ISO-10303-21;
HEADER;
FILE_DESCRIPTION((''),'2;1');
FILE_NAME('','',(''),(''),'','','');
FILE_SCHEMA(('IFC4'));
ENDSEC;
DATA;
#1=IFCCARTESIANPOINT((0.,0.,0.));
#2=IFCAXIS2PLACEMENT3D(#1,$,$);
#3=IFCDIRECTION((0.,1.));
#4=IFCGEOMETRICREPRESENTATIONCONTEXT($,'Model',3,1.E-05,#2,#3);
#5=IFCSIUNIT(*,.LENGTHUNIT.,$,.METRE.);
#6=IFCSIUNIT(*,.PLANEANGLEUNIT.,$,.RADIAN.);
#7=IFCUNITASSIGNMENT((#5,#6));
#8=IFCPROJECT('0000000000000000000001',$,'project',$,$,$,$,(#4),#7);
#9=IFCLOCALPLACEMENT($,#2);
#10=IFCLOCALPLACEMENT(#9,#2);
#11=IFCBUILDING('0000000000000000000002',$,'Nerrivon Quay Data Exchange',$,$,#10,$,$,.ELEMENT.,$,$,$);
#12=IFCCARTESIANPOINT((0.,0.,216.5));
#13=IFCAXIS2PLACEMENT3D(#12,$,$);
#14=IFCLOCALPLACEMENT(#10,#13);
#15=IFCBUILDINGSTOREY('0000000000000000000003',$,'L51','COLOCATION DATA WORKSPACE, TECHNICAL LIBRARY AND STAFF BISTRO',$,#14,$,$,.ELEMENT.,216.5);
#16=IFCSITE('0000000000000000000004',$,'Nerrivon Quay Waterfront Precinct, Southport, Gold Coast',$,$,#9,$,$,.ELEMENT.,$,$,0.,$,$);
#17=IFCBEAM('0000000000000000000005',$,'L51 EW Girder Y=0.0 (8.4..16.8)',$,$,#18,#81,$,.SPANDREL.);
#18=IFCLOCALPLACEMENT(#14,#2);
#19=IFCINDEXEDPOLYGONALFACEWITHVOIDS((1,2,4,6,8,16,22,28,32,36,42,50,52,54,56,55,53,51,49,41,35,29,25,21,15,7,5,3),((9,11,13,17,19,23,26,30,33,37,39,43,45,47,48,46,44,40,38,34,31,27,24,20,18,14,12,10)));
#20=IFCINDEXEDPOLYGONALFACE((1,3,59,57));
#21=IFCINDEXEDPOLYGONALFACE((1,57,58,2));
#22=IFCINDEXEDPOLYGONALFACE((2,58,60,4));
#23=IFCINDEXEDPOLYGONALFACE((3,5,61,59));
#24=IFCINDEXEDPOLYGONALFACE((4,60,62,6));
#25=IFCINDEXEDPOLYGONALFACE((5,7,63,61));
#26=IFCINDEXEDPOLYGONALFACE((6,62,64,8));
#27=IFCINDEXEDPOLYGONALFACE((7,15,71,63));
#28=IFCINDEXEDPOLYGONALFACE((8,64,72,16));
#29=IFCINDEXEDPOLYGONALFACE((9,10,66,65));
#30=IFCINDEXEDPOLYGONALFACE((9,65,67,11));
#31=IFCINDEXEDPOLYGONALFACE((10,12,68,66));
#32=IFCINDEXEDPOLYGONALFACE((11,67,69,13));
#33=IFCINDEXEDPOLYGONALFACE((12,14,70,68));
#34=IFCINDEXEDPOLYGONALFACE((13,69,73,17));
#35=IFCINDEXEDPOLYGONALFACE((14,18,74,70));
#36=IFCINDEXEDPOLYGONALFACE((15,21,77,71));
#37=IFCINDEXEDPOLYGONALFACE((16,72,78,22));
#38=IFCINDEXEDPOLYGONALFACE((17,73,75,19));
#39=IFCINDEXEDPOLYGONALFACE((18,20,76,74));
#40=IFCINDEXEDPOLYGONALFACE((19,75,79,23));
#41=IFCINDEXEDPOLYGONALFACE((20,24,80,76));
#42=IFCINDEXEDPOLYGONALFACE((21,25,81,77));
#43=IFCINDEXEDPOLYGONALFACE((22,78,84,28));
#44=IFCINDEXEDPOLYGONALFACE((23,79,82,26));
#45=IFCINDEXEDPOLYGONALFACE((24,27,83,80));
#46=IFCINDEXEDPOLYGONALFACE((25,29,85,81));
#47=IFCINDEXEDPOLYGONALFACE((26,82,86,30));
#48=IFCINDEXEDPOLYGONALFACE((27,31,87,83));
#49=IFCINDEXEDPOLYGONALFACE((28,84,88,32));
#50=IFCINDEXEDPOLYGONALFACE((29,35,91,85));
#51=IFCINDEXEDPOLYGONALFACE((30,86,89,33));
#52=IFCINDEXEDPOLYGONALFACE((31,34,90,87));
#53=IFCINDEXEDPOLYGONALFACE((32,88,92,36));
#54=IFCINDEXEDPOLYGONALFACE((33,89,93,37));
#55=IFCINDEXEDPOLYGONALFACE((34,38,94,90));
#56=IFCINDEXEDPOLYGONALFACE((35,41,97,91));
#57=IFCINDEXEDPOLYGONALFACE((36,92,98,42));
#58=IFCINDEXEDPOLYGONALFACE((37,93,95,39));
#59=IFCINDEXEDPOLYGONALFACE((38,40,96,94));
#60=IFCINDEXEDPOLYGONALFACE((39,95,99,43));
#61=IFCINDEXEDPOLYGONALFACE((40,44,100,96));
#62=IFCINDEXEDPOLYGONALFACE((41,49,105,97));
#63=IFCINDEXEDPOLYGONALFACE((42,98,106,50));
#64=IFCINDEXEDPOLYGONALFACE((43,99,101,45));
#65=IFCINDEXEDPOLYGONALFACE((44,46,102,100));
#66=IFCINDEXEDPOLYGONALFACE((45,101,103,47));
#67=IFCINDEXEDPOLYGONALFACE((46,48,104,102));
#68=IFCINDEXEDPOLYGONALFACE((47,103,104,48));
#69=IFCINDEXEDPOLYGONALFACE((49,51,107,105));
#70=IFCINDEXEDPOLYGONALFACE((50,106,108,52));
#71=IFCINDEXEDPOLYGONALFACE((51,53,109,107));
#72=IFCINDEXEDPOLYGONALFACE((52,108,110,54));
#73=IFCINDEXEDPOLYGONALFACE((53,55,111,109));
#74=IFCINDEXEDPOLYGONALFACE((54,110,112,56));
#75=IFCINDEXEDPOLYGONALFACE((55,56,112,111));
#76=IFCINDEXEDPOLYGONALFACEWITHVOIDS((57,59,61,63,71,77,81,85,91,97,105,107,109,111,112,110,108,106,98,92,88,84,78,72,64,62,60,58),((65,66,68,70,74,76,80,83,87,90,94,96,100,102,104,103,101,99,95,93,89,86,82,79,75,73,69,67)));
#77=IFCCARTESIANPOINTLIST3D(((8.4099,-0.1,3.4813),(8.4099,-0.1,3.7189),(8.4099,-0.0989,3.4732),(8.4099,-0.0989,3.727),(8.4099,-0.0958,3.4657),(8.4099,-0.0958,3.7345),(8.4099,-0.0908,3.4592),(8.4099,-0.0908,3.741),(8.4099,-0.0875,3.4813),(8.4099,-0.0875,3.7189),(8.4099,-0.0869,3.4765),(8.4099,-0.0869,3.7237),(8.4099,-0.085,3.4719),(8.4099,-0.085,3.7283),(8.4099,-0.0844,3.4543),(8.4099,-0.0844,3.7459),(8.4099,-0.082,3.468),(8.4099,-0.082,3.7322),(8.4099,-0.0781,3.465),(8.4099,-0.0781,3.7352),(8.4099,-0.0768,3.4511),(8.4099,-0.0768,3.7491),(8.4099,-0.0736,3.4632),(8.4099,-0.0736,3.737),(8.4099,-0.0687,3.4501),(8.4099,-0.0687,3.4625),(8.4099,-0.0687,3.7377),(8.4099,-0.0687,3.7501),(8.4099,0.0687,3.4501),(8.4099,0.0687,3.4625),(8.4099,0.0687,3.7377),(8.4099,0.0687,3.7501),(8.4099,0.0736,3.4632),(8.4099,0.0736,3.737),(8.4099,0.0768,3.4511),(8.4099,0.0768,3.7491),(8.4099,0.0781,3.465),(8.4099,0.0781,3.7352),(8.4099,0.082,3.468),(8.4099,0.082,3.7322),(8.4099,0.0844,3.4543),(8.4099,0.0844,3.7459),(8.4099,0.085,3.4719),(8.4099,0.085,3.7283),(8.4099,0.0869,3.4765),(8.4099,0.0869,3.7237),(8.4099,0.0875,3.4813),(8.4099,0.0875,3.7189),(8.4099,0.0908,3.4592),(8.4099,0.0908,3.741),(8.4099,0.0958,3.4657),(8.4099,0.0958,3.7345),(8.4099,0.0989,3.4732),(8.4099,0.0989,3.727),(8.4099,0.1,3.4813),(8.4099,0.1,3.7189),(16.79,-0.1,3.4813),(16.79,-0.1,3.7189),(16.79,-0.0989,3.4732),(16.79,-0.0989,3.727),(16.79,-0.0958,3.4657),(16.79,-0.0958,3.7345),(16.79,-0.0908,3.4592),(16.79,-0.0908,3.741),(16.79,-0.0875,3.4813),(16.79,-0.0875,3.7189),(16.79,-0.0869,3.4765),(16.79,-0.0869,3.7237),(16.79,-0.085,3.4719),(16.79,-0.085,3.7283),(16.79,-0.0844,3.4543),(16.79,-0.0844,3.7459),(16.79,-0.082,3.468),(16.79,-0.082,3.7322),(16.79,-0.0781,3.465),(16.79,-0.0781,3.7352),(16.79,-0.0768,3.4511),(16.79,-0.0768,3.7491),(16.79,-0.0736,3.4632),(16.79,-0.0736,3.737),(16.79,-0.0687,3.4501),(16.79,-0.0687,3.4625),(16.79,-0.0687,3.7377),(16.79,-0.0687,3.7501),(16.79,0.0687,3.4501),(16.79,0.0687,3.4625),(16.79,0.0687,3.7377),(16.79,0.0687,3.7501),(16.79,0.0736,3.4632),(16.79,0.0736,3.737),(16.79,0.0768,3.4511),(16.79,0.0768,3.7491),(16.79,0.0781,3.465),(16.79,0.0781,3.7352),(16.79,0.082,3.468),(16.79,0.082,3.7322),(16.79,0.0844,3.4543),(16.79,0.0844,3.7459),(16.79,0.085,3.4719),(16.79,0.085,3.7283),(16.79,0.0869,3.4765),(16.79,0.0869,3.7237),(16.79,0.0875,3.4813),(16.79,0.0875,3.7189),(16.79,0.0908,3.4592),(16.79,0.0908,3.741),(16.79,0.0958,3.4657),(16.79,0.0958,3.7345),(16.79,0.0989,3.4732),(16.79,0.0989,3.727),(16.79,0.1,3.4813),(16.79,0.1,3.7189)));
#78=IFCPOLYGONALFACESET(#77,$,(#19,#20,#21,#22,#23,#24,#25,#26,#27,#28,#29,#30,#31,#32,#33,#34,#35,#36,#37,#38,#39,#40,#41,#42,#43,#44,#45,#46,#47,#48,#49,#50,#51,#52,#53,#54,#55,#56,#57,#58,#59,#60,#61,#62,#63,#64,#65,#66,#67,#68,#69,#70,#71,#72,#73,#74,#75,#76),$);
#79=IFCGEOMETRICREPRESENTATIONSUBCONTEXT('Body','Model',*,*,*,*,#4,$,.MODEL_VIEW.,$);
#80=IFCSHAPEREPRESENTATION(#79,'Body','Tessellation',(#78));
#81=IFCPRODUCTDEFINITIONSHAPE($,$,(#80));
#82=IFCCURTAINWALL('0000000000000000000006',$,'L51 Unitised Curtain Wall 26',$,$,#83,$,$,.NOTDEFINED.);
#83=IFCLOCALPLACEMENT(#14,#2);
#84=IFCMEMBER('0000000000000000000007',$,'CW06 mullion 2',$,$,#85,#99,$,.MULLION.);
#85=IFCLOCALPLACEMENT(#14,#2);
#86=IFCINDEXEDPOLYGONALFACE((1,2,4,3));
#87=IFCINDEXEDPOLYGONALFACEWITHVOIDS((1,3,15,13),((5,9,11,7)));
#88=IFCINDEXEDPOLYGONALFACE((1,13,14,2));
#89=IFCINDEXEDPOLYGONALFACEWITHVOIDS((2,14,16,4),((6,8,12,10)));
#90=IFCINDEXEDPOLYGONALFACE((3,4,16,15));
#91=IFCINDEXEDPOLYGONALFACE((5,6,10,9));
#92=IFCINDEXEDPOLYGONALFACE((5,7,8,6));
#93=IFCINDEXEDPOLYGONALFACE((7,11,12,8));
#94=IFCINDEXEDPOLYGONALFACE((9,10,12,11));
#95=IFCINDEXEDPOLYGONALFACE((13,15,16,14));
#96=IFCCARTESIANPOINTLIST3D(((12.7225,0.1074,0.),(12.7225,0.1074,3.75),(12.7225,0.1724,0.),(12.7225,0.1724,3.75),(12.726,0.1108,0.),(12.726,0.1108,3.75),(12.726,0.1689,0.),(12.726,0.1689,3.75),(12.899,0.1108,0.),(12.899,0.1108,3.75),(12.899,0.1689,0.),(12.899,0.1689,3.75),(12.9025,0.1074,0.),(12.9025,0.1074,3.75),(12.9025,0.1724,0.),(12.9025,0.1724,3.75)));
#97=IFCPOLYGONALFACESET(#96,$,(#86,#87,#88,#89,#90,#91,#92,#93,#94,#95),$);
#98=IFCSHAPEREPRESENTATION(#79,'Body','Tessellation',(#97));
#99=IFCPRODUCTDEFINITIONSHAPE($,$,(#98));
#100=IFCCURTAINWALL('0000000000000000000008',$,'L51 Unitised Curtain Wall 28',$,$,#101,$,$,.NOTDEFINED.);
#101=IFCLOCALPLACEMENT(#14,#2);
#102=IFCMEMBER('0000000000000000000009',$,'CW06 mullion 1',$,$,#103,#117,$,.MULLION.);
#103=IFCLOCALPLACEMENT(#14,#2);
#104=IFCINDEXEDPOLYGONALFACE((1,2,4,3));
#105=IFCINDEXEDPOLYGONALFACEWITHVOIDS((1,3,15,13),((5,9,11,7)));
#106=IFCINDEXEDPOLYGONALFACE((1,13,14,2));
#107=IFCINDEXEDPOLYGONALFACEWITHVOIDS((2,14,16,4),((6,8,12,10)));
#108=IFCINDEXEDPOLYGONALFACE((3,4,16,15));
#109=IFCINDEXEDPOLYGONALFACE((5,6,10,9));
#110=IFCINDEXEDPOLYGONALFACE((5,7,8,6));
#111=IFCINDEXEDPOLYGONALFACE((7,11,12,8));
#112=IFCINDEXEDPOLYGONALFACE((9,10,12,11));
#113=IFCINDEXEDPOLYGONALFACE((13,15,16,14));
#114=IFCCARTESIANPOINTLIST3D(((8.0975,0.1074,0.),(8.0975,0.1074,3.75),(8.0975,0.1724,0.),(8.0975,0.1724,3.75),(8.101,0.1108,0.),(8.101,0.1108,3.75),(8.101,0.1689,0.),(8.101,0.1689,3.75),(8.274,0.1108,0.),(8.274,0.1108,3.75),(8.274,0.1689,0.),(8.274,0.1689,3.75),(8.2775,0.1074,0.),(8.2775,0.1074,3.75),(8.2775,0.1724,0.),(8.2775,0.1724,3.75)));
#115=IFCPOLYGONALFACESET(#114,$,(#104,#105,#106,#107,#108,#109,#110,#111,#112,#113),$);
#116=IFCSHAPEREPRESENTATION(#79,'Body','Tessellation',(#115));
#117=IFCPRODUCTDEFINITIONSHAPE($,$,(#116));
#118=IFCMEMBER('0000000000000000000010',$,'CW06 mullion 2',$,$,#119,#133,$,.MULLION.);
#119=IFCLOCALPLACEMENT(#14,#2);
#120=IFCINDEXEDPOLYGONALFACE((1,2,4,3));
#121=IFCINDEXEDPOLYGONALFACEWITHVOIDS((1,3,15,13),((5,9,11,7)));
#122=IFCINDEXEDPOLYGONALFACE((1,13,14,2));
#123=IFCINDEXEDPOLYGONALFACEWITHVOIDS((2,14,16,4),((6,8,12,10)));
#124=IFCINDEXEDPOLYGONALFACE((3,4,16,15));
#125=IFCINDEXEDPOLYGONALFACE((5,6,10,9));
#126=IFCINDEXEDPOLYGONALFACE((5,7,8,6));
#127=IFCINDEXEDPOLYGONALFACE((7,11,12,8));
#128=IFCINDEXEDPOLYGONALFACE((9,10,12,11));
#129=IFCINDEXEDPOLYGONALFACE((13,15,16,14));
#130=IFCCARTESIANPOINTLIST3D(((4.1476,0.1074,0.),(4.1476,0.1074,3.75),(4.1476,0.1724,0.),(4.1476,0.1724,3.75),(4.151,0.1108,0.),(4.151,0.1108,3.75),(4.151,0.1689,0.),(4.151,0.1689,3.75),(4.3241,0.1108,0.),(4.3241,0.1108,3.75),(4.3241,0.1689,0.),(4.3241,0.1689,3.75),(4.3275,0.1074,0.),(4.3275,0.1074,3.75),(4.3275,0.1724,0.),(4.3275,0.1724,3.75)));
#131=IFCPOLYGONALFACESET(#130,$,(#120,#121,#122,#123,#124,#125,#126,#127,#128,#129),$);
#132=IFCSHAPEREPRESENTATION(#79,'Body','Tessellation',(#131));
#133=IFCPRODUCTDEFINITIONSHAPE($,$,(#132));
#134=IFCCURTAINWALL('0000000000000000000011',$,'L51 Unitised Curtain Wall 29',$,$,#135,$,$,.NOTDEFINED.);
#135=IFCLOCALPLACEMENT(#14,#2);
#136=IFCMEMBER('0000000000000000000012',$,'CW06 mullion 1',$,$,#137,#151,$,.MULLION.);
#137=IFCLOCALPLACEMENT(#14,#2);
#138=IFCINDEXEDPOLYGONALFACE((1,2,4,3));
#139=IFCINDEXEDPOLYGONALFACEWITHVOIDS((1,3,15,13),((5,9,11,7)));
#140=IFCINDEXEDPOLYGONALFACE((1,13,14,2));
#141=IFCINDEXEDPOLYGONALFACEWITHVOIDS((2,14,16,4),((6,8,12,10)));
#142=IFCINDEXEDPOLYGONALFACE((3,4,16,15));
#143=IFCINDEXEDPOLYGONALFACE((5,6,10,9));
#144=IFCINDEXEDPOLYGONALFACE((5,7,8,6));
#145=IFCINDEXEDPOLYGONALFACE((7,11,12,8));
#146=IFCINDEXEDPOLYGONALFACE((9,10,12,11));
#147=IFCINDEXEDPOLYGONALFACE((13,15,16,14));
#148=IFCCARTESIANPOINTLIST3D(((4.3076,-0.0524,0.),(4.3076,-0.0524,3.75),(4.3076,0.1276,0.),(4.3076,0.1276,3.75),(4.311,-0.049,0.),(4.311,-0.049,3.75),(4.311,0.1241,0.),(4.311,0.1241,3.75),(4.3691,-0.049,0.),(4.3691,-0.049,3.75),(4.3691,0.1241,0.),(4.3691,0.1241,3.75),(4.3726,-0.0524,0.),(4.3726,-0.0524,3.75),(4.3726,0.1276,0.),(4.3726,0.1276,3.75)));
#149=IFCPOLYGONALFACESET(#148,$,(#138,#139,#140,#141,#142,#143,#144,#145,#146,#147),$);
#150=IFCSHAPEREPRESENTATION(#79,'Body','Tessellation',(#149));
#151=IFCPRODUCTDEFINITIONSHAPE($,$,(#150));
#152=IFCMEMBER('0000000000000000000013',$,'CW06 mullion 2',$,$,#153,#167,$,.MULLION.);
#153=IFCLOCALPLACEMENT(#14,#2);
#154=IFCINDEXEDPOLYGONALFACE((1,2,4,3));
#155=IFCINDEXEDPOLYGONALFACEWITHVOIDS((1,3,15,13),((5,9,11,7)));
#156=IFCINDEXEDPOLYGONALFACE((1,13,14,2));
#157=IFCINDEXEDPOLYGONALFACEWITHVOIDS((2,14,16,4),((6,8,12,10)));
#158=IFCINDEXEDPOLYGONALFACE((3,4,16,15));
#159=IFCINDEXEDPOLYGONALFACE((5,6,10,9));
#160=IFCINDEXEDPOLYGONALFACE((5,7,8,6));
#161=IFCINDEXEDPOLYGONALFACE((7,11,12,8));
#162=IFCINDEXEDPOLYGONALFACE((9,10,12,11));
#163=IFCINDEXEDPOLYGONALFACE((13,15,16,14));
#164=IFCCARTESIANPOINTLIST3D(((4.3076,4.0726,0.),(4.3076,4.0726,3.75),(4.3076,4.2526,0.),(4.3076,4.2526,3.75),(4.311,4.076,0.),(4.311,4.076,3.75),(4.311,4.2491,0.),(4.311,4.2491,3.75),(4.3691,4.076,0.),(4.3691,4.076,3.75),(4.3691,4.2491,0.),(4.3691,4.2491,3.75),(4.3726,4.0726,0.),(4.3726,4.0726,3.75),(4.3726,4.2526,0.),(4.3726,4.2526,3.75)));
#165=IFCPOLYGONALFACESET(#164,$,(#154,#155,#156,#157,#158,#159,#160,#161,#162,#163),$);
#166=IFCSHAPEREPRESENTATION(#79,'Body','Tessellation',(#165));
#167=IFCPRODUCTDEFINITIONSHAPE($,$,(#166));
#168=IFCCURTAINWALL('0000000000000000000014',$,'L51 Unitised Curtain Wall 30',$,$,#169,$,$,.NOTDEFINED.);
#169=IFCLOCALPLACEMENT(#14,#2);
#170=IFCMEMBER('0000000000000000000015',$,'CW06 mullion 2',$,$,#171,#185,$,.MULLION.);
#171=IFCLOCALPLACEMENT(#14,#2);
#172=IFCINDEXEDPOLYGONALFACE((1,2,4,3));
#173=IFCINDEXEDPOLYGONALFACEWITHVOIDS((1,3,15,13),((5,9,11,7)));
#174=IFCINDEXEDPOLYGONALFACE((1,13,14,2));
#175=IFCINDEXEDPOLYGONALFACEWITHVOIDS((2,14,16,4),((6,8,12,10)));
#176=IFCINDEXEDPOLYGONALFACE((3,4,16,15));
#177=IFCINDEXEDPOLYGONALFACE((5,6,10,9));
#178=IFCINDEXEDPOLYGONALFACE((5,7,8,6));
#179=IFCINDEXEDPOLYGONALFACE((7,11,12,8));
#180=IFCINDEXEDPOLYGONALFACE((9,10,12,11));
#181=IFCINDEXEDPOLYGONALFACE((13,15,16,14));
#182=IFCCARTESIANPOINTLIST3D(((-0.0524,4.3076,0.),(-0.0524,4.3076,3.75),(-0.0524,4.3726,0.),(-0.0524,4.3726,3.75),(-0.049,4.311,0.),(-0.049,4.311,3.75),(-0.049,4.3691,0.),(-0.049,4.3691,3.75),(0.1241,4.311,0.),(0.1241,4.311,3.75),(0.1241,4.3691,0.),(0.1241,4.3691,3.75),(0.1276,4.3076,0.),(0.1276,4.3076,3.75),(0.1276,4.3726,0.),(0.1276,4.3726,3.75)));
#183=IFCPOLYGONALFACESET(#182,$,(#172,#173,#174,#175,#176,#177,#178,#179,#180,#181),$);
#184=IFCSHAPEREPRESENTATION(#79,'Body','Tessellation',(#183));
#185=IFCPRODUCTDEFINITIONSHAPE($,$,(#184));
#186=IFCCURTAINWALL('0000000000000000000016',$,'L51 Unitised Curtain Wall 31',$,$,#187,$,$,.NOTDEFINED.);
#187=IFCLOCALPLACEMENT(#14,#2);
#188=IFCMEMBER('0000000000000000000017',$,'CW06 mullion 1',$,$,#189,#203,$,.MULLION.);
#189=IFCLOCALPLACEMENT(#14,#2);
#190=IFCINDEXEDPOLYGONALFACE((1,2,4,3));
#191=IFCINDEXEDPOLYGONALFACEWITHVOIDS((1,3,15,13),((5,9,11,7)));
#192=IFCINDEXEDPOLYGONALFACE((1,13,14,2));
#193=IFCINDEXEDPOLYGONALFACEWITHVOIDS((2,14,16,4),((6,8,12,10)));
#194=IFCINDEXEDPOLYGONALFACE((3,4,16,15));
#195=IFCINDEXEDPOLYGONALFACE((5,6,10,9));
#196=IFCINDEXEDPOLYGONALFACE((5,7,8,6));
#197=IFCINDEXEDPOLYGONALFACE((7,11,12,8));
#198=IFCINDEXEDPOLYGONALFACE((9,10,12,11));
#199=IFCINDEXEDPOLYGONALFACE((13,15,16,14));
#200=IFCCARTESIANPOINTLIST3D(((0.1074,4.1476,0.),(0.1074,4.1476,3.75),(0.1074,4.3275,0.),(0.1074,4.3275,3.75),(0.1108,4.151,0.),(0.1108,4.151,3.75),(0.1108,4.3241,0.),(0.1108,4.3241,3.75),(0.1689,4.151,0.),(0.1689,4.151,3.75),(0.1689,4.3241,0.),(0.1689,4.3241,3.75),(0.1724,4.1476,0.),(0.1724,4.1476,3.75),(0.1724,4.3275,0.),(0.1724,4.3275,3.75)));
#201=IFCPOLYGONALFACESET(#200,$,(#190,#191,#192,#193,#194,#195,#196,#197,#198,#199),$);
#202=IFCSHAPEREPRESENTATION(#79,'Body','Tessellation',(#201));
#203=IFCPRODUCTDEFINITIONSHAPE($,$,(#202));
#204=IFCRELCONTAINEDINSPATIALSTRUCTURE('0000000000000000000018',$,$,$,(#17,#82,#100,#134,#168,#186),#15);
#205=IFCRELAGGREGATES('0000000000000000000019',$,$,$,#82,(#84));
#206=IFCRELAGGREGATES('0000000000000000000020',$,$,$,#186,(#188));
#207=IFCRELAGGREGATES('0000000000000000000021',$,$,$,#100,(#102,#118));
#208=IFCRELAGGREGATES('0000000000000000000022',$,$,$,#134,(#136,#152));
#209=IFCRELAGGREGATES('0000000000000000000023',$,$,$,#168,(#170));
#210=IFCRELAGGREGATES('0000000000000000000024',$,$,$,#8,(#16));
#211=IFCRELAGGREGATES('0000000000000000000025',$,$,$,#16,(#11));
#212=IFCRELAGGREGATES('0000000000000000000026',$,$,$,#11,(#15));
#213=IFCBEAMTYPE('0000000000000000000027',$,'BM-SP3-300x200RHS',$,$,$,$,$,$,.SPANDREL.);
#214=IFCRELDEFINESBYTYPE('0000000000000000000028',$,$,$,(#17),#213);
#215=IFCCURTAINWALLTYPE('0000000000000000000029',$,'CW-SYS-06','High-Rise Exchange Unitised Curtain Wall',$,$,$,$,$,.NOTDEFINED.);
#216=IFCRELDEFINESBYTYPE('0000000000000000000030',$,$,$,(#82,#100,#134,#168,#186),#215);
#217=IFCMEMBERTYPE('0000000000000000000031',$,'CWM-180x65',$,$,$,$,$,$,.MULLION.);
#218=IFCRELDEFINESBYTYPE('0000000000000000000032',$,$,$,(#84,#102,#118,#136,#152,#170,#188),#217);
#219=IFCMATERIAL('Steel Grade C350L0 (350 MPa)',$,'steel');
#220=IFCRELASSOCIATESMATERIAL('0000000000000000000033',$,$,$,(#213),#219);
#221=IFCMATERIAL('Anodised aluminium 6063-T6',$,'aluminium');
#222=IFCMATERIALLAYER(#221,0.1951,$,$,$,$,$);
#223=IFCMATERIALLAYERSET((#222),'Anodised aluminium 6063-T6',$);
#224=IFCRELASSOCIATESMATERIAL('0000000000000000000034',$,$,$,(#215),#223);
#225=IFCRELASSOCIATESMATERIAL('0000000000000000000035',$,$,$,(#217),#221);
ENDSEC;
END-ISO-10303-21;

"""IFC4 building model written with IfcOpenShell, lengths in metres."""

from ifc_helpers import new_model, si_unit, direction, frame, origin, origin_2d, place, context, subcontext, project, spatial, hollow_rectangle, extrude, material, layer, layer_set, material_profile, profile_set, type_object, element, aggregate, save


model = new_model("IFC4")

# Units and contexts
model_context = context("Model", 3, precision=1e-05, world=origin(), true_north=direction((0.0, 1.0)))
body_context = subcontext(model_context, "Body", "Model", "MODEL_VIEW")
ifc_project = project(units=[si_unit("LENGTHUNIT", "METRE"), si_unit("PLANEANGLEUNIT", "RADIAN")], contexts=[model_context])

# Site, building, storey
site_placement = place(None, origin())
site = spatial("IfcSite", under=ifc_project, at=site_placement, Name="Nerrivon Quay Waterfront Precinct, Southport, Gold Coast", CompositionType="ELEMENT", RefElevation=0.0)
building_placement = place(site_placement, origin())
building = spatial("IfcBuilding", under=site, at=building_placement, Name="Nerrivon Quay Data Exchange", CompositionType="ELEMENT")
storey_placement = place(building_placement, frame((0.0, 0.0, 216.5)))
storey = spatial("IfcBuildingStorey", under=building, at=storey_placement, Name="L51", Description="COLOCATION DATA WORKSPACE, TECHNICAL LIBRARY AND STAFF BISTRO", CompositionType="ELEMENT", Elevation=216.5)

# Beam
ifc_material_1 = material(Name="Steel Grade C350L0 (350 MPa)", Category="steel")
ifc_material_profile_1 = material_profile(ifc_material_1, hollow_rectangle(XDim=0.2, YDim=0.3, WallThickness=0.0125, InnerFilletRadius=0.0188, OuterFilletRadius=0.0312, at=origin_2d()), Name="300x200x12.5RHS")
ifc_profile_set_1 = profile_set([ifc_material_profile_1], Name="Steel Grade C350L0 (350 MPa)")
beam_type_1 = type_object("IfcBeamType", Name="BM-SP3-300x200RHS", PredefinedType="SPANDREL", material=ifc_profile_set_1)
beam_1_placement = place(storey_placement, frame((8.4099, 0.0, 3.6001), z_axis=(1.0, 0.0, 0.0), x_axis=(0.0, 1.0, 0.0)))
element("IfcBeam", 1, at=beam_1_placement, inside=storey, type_object=beam_type_1, Name="L51 EW Girder Y=0.0 (8.4..16.8)", PredefinedType="SPANDREL", context=body_context, shape_type="SweptSolid", body=[
    extrude(hollow_rectangle(XDim=0.2, YDim=0.3, WallThickness=0.0125, InnerFilletRadius=0.0188, OuterFilletRadius=0.0312, at=origin_2d()), origin(), (0.0, 0.0, 1.0), 8.3801),
])

# Curtain wall, member
ifc_material_2 = material(Name="Anodised aluminium 6063-T6", Category="aluminium")
ifc_layer_1 = layer(ifc_material_2, 0.1951)
ifc_layer_set_1 = layer_set([ifc_layer_1], Name="Anodised aluminium 6063-T6")
curtain_wall_type = type_object("IfcCurtainWallType", Name="CW-SYS-06", Description="High-Rise Exchange Unitised Curtain Wall", PredefinedType="NOTDEFINED", material=ifc_layer_set_1)
curtain_wall_1_placement = place(storey_placement, origin())
curtain_wall_1 = element("IfcCurtainWall", 2, at=curtain_wall_1_placement, inside=storey, type_object=curtain_wall_type, Name="L51 Unitised Curtain Wall 26", PredefinedType="NOTDEFINED")
ifc_material_profile_2 = material_profile(ifc_material_2, hollow_rectangle(XDim=0.0649, YDim=0.1799, WallThickness=0.0034, at=origin_2d()), Name="ALU-MULL-180x65")
ifc_profile_set_2 = profile_set([ifc_material_profile_2], Name="Anodised aluminium 6063-T6")
member_type_1 = type_object("IfcMemberType", Name="CWM-180x65", PredefinedType="MULLION", material=ifc_profile_set_2)
member_1_placement = place(storey_placement, frame((12.8125, 0.1399, 0.0), z_axis=(0.0, 0.0, 1.0), x_axis=(0.0, -1.0, 0.0)))
member_1 = element("IfcMember", 3, at=member_1_placement, type_object=member_type_1, Name="CW06 mullion 2", PredefinedType="MULLION", context=body_context, shape_type="SweptSolid", body=[
    extrude(hollow_rectangle(XDim=0.0649, YDim=0.1799, WallThickness=0.0034, at=origin_2d()), origin(), (0.0, 0.0, 1.0), 3.75),
])
aggregate(curtain_wall_1, [member_1])

# Curtain walls, members
curtain_wall_2_placement = place(storey_placement, origin())
curtain_wall_2 = element("IfcCurtainWall", 4, at=curtain_wall_2_placement, inside=storey, type_object=curtain_wall_type, Name="L51 Unitised Curtain Wall 28", PredefinedType="NOTDEFINED")
member_2_placement = place(storey_placement, frame((8.1875, 0.1399, 0.0), z_axis=(0.0, 0.0, 1.0), x_axis=(0.0, -1.0, 0.0)))
member_2 = element("IfcMember", 5, at=member_2_placement, type_object=member_type_1, Name="CW06 mullion 1", PredefinedType="MULLION", context=body_context, shape_type="SweptSolid", body=[
    extrude(hollow_rectangle(XDim=0.0649, YDim=0.1799, WallThickness=0.0034, at=origin_2d()), origin(), (0.0, 0.0, 1.0), 3.75),
])
member_3_placement = place(storey_placement, frame((4.2375, 0.1399, 0.0), z_axis=(0.0, 0.0, 1.0), x_axis=(0.0, -1.0, 0.0)))
member_3 = element("IfcMember", 6, at=member_3_placement, type_object=member_type_1, Name="CW06 mullion 2", PredefinedType="MULLION", context=body_context, shape_type="SweptSolid", body=[
    extrude(hollow_rectangle(XDim=0.0649, YDim=0.1799, WallThickness=0.0034, at=origin_2d()), origin(), (0.0, 0.0, 1.0), 3.75),
])
curtain_wall_3_placement = place(storey_placement, origin())
curtain_wall_3 = element("IfcCurtainWall", 7, at=curtain_wall_3_placement, inside=storey, type_object=curtain_wall_type, Name="L51 Unitised Curtain Wall 29", PredefinedType="NOTDEFINED")
member_4_placement = place(storey_placement, frame((4.3401, 0.0376, 0.0), z_axis=(0.0, 0.0, 1.0), x_axis=(-1.0, 0.0, 0.0)))
member_4 = element("IfcMember", 8, at=member_4_placement, type_object=member_type_1, Name="CW06 mullion 1", PredefinedType="MULLION", context=body_context, shape_type="SweptSolid", body=[
    extrude(hollow_rectangle(XDim=0.0649, YDim=0.1799, WallThickness=0.0034, at=origin_2d()), origin(), (0.0, 0.0, 1.0), 3.75),
])
member_5_placement = place(storey_placement, frame((4.3401, 4.1626, 0.0), z_axis=(0.0, 0.0, 1.0), x_axis=(-1.0, 0.0, 0.0)))
member_5 = element("IfcMember", 9, at=member_5_placement, type_object=member_type_1, Name="CW06 mullion 2", PredefinedType="MULLION", context=body_context, shape_type="SweptSolid", body=[
    extrude(hollow_rectangle(XDim=0.0649, YDim=0.1799, WallThickness=0.0034, at=origin_2d()), origin(), (0.0, 0.0, 1.0), 3.75),
])

# Curtain walls, members
curtain_wall_4_placement = place(storey_placement, origin())
curtain_wall_4 = element("IfcCurtainWall", 10, at=curtain_wall_4_placement, inside=storey, type_object=curtain_wall_type, Name="L51 Unitised Curtain Wall 30", PredefinedType="NOTDEFINED")
member_6_placement = place(storey_placement, frame((0.0376, 4.3401, 0.0), z_axis=(0.0, 0.0, 1.0), x_axis=(0.0, -1.0, 0.0)))
member_6 = element("IfcMember", 11, at=member_6_placement, type_object=member_type_1, Name="CW06 mullion 2", PredefinedType="MULLION", context=body_context, shape_type="SweptSolid", body=[
    extrude(hollow_rectangle(XDim=0.0649, YDim=0.1799, WallThickness=0.0034, at=origin_2d()), origin(), (0.0, 0.0, 1.0), 3.75),
])
curtain_wall_5_placement = place(storey_placement, origin())
curtain_wall_5 = element("IfcCurtainWall", 12, at=curtain_wall_5_placement, inside=storey, type_object=curtain_wall_type, Name="L51 Unitised Curtain Wall 31", PredefinedType="NOTDEFINED")
member_7_placement = place(storey_placement, frame((0.1399, 4.2375, 0.0), z_axis=(0.0, 0.0, 1.0), x_axis=(-1.0, 0.0, 0.0)))
member_7 = element("IfcMember", 13, at=member_7_placement, type_object=member_type_1, Name="CW06 mullion 1", PredefinedType="MULLION", context=body_context, shape_type="SweptSolid", body=[
    extrude(hollow_rectangle(XDim=0.0649, YDim=0.1799, WallThickness=0.0034, at=origin_2d()), origin(), (0.0, 0.0, 1.0), 3.75),
])

aggregate(curtain_wall_5, [member_7])

aggregate(curtain_wall_2, [member_2, member_3])
aggregate(curtain_wall_3, [member_4, member_5])
aggregate(curtain_wall_4, [member_6])

save(model, "model.ifc")
